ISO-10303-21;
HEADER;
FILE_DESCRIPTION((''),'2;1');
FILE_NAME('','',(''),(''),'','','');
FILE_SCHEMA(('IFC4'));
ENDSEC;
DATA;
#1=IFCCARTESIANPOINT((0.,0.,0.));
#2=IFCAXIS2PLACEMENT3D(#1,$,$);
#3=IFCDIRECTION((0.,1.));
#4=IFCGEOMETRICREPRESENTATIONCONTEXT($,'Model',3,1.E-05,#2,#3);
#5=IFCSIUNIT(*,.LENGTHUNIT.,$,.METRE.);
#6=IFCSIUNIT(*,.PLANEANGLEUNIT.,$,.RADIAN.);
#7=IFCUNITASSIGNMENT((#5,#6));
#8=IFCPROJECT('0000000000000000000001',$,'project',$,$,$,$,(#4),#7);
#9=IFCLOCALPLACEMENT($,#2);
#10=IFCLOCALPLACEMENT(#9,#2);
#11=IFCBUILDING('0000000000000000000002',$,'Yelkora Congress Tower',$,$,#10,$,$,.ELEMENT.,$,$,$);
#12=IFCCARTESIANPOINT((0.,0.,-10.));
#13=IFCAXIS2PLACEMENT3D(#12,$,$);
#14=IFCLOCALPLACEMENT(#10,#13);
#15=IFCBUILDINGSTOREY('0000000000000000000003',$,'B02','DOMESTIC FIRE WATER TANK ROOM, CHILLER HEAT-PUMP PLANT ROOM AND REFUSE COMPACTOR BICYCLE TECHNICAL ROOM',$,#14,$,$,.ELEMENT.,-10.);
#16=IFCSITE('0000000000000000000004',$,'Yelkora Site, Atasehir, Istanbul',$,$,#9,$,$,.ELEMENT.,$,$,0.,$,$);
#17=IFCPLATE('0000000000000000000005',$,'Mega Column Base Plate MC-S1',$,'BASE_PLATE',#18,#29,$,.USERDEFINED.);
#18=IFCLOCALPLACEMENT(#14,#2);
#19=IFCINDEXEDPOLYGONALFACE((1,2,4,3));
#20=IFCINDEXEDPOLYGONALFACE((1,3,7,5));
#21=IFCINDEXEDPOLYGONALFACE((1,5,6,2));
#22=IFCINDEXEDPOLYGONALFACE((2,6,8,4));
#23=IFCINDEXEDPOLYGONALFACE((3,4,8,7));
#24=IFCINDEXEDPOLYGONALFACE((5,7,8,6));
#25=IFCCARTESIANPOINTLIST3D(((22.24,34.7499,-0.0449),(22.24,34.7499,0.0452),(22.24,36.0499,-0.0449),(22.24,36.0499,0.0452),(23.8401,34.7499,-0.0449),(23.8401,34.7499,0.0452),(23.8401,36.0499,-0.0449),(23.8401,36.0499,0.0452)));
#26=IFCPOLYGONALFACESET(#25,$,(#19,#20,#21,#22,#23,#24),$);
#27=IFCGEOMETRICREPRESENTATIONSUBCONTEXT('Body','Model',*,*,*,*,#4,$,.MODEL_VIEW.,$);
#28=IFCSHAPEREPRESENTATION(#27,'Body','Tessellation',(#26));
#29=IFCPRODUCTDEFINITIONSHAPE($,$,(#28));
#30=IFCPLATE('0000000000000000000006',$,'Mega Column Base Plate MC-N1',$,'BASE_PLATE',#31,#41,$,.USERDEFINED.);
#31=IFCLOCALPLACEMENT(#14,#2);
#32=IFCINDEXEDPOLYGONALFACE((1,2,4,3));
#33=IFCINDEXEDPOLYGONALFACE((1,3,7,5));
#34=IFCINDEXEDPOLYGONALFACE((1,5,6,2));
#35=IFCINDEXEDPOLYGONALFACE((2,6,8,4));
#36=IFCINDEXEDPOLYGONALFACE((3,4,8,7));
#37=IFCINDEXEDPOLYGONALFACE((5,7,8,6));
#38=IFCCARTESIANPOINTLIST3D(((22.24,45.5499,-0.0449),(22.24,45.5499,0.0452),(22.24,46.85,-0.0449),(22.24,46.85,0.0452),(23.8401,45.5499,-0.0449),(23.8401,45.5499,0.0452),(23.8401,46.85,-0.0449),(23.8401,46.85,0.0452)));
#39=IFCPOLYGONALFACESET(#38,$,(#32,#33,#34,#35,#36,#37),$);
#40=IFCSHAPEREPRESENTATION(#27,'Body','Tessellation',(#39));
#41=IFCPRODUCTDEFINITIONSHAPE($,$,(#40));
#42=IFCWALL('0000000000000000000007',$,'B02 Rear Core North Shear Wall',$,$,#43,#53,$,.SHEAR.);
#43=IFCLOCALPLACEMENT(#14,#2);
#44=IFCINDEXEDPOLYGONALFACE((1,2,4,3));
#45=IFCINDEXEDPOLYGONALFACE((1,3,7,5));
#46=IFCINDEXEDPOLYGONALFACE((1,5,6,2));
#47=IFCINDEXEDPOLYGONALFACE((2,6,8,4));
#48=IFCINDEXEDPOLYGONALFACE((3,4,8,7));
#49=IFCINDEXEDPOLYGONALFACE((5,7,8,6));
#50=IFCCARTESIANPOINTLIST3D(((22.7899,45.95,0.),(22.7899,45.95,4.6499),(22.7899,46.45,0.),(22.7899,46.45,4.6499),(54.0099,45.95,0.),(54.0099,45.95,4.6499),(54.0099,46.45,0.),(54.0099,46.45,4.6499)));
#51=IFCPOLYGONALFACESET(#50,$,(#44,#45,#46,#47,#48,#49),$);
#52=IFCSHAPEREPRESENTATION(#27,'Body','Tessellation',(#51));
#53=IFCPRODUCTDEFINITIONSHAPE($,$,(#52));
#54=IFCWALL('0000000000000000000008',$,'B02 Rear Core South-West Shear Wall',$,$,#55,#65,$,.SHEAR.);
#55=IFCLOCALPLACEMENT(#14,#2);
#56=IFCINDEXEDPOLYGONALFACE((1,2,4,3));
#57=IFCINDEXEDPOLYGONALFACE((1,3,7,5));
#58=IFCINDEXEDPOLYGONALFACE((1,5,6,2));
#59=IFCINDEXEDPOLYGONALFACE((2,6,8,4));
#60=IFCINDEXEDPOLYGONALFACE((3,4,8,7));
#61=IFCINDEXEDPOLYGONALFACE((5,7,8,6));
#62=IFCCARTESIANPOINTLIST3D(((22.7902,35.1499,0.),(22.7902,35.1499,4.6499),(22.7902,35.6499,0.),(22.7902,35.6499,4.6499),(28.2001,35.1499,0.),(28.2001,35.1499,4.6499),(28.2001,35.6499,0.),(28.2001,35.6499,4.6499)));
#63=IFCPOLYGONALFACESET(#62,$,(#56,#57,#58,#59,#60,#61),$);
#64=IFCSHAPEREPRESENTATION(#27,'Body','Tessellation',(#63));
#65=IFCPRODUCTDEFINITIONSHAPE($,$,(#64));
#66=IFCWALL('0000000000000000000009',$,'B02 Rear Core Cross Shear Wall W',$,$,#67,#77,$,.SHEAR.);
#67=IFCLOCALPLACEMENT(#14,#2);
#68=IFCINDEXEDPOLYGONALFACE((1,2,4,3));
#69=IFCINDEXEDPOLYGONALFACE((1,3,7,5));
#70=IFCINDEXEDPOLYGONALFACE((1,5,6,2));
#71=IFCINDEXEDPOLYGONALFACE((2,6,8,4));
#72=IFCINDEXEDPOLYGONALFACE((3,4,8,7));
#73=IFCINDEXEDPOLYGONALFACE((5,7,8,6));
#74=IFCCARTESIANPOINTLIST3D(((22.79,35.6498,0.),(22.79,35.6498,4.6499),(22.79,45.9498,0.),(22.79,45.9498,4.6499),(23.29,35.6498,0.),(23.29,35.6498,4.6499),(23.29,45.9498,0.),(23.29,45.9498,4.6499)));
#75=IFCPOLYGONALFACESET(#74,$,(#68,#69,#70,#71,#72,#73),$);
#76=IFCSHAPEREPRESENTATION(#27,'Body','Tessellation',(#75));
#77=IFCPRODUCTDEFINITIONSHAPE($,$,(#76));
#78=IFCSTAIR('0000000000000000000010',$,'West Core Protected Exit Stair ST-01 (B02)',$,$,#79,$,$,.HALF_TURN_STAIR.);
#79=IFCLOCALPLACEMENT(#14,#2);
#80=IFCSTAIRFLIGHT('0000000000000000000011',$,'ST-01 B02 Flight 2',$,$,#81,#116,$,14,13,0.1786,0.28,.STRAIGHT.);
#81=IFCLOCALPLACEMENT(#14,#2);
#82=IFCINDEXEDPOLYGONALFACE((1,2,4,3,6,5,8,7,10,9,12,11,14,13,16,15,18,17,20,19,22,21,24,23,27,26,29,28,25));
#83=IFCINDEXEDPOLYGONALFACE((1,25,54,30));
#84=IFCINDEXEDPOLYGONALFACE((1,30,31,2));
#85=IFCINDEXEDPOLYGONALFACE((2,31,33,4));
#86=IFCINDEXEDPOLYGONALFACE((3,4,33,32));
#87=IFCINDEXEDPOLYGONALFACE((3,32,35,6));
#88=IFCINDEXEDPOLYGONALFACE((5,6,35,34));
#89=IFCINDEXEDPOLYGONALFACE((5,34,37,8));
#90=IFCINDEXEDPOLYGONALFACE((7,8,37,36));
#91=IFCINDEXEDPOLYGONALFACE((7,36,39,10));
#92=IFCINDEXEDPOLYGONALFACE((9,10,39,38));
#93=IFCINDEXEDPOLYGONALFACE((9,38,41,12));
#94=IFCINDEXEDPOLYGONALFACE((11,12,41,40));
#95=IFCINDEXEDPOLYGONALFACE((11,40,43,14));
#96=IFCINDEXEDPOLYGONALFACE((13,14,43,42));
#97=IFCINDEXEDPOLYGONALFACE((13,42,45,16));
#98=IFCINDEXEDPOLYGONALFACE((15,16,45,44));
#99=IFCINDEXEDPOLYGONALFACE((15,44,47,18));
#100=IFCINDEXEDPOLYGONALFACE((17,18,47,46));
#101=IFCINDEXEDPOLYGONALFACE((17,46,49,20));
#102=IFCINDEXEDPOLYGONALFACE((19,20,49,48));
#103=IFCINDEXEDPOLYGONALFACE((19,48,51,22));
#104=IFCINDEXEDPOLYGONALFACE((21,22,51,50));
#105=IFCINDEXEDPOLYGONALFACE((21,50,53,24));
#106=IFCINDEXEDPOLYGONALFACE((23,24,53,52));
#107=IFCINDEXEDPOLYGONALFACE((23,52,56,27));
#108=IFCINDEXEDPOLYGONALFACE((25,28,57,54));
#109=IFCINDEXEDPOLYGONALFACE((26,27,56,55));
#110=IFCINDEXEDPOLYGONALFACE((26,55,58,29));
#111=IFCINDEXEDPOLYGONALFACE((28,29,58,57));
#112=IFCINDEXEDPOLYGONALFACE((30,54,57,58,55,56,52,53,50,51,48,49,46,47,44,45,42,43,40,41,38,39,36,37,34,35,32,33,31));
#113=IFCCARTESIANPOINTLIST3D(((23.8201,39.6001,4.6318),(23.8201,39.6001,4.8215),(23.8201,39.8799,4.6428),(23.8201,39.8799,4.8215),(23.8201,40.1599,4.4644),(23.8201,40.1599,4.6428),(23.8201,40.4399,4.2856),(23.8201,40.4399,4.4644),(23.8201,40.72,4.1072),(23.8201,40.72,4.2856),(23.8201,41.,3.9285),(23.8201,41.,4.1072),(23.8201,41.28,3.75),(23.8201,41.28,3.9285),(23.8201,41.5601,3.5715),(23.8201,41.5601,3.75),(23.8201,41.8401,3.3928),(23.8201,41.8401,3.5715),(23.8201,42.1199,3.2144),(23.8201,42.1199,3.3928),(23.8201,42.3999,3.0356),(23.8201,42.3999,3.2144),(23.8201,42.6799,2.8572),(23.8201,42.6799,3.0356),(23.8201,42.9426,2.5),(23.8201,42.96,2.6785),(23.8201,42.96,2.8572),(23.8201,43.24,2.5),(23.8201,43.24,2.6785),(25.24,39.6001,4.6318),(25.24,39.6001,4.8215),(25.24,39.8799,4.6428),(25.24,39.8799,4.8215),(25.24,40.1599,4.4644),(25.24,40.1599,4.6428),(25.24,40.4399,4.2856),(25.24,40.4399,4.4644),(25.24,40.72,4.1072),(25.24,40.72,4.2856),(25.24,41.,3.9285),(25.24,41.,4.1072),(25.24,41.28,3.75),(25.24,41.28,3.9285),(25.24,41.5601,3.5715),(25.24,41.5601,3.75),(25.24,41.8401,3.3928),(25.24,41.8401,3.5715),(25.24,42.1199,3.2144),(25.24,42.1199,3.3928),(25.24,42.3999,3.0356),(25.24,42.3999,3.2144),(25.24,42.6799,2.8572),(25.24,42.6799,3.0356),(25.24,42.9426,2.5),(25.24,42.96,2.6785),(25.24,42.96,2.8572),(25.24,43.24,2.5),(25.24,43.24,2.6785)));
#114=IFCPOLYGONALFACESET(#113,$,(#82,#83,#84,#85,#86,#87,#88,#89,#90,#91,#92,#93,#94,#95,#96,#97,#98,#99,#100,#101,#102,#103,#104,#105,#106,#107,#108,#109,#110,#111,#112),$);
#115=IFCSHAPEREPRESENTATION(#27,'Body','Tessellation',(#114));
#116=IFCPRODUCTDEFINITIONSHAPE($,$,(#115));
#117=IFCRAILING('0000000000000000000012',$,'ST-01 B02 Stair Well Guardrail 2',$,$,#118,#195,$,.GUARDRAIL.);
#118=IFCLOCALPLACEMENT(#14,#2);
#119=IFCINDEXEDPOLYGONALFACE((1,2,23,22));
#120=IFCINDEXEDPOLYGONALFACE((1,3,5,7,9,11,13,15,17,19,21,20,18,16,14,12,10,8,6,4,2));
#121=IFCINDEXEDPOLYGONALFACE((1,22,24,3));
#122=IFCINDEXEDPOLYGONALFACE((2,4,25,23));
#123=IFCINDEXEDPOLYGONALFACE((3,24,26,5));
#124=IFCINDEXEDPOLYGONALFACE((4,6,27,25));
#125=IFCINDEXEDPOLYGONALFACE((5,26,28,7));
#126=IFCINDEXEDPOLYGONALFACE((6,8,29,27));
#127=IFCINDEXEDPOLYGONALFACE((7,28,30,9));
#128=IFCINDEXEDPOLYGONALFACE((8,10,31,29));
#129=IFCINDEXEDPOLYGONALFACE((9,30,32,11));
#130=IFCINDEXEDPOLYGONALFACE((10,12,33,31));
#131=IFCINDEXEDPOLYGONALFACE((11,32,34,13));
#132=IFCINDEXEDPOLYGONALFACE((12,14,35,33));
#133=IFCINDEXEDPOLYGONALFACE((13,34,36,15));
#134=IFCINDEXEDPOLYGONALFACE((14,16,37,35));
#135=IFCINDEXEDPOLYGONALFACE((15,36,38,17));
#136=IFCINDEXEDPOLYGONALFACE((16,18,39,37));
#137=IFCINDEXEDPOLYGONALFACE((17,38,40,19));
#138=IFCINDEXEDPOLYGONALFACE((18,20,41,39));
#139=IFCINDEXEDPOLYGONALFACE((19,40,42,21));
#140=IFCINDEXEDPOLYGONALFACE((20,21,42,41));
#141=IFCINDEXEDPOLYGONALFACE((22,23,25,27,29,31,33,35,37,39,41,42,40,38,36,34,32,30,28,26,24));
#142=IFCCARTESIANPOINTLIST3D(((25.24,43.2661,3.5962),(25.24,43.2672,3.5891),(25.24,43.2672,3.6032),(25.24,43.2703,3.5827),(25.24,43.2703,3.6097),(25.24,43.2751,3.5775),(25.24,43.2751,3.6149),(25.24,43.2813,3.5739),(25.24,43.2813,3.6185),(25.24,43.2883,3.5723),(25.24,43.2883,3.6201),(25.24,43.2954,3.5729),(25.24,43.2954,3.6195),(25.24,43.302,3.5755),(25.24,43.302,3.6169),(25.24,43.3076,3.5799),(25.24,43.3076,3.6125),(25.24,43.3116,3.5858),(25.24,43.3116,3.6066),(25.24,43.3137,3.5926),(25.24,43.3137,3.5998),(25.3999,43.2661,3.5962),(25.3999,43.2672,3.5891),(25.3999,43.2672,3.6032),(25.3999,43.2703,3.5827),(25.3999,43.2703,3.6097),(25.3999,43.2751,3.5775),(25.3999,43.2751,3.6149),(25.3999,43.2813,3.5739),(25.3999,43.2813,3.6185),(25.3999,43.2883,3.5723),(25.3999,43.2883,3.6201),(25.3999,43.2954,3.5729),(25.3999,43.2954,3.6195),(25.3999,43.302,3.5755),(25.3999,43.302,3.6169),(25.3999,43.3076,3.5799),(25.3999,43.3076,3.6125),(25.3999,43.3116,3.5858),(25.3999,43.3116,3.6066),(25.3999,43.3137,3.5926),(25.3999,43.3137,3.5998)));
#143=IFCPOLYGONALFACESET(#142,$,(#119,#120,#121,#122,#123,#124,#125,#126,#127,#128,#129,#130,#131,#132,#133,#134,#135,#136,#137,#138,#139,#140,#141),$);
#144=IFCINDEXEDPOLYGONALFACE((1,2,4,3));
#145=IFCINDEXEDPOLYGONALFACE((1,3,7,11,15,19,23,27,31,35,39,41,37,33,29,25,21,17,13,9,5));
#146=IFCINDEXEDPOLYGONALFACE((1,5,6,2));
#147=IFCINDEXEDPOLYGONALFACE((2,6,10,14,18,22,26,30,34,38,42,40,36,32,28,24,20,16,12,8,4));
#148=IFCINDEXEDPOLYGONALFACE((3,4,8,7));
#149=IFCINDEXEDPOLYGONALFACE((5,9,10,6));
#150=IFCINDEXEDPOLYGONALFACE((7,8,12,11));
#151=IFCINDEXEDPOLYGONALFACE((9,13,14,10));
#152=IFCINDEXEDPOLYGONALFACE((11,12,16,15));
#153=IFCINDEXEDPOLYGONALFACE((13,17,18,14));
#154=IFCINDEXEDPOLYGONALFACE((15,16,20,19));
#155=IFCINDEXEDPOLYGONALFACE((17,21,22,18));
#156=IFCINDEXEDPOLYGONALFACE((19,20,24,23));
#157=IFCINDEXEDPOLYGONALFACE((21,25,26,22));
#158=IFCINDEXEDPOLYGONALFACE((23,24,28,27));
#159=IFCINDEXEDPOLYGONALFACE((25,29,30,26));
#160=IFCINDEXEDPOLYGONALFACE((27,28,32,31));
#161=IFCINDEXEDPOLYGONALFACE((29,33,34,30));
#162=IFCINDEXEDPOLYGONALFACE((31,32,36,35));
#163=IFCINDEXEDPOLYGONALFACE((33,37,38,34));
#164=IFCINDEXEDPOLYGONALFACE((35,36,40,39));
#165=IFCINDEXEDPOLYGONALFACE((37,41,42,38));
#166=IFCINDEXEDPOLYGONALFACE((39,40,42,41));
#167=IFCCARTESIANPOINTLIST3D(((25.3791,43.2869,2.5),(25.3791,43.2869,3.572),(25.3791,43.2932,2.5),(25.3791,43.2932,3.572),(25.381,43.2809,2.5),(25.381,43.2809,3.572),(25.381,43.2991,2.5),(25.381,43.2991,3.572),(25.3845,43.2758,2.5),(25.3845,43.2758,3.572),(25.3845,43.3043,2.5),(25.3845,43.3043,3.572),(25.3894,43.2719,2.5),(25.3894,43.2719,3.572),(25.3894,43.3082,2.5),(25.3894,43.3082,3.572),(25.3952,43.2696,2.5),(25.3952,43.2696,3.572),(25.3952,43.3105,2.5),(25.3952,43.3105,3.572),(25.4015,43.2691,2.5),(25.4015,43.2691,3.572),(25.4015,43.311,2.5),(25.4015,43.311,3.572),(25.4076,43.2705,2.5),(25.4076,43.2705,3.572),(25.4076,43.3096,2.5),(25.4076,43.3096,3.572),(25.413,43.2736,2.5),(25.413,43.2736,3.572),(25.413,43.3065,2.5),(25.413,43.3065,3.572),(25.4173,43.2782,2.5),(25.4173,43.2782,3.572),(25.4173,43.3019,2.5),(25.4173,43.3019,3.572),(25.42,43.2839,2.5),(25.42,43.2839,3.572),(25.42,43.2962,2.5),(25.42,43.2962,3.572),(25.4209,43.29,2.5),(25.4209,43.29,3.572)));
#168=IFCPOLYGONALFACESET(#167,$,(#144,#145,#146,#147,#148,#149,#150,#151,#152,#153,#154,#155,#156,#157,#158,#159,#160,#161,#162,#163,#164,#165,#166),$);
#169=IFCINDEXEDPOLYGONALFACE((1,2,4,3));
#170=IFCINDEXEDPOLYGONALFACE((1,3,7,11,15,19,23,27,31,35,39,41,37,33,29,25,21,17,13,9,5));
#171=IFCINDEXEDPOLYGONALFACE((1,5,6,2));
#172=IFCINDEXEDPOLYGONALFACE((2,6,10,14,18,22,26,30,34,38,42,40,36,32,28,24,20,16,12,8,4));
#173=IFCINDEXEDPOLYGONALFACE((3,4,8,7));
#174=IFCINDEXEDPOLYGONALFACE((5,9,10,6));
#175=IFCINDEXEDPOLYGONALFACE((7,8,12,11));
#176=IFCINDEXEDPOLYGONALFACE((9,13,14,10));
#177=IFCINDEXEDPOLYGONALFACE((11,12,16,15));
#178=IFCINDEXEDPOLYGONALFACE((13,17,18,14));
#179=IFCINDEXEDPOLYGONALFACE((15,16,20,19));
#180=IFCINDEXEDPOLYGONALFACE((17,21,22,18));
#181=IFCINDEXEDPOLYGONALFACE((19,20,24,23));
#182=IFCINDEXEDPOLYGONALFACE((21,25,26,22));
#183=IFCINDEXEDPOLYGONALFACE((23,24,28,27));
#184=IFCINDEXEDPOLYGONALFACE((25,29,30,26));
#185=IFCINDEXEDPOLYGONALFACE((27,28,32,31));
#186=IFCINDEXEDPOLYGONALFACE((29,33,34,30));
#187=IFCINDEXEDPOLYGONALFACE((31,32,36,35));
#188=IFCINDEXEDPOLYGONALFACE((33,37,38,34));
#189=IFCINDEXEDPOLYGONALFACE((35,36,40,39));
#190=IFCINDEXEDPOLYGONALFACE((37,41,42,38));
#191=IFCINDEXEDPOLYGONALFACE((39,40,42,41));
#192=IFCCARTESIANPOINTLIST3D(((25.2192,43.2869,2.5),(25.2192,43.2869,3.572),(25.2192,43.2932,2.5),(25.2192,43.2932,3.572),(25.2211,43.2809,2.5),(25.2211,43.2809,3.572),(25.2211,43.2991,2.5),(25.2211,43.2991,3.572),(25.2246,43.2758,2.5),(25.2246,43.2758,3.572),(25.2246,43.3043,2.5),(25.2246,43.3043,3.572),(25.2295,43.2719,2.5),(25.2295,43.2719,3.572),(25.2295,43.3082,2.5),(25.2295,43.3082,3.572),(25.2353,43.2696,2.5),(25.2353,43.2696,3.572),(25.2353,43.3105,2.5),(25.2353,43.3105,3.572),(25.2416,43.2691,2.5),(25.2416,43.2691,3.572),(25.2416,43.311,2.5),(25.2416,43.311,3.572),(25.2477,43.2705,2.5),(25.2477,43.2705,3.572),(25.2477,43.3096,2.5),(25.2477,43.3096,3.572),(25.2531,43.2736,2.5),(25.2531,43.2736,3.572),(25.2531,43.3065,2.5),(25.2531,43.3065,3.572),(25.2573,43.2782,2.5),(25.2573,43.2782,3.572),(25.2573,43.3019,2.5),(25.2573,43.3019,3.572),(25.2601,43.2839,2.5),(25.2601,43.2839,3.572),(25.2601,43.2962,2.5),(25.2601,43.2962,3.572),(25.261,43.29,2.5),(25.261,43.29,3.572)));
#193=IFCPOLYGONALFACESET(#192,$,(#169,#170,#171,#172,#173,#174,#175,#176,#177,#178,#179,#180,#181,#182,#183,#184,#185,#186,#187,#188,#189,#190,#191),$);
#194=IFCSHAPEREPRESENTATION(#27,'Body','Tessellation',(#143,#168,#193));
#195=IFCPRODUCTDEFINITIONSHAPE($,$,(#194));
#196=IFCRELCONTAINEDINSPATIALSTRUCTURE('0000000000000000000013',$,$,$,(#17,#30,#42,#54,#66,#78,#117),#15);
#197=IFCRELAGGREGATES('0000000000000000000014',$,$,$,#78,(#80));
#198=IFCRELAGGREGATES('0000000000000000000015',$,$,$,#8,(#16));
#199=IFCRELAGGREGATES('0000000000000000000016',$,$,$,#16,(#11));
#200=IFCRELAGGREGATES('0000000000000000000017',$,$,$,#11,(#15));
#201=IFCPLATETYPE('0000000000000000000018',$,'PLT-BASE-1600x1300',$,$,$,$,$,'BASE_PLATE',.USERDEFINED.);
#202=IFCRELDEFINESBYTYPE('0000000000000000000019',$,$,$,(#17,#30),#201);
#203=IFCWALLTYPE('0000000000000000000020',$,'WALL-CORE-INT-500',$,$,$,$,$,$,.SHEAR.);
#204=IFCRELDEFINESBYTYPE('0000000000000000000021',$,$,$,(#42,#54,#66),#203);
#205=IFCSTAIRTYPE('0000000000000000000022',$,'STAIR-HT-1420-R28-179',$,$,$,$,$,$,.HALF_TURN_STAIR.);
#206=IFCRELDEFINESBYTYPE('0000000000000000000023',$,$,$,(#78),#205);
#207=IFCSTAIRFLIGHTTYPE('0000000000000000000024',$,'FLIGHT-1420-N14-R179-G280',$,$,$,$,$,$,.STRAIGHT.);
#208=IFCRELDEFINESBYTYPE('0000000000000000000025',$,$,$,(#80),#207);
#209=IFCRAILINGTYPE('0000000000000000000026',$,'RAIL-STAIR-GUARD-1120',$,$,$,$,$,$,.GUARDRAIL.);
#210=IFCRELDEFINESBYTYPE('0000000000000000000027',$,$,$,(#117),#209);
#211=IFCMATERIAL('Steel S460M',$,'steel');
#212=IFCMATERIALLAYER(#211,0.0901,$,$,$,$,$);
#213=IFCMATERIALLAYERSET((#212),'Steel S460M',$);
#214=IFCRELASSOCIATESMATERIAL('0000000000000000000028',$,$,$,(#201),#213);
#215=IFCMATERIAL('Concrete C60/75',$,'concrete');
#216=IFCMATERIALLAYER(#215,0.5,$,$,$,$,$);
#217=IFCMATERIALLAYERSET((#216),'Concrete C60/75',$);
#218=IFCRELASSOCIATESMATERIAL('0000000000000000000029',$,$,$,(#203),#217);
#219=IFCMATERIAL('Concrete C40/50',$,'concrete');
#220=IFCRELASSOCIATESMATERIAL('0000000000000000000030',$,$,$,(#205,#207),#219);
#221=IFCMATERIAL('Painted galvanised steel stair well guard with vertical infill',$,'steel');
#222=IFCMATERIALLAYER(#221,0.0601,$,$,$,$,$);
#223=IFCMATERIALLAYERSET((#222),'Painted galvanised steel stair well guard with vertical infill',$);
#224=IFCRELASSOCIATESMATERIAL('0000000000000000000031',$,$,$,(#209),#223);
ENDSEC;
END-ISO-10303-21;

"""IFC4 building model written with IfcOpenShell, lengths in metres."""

from ifc_helpers import new_model, si_unit, direction, frame, frame_2d, origin, origin_2d, place, context, subcontext, project, spatial, polyline, rectangle, circle, outline, extrude, material, layer, layer_set, type_object, element, aggregate, save


model = new_model("IFC4")

# Units and contexts
model_context = context("Model", 3, precision=1e-05, world=origin(), true_north=direction((0.0, 1.0)))
body_context = subcontext(model_context, "Body", "Model", "MODEL_VIEW")
ifc_project = project(units=[si_unit("LENGTHUNIT", "METRE"), si_unit("PLANEANGLEUNIT", "RADIAN")], contexts=[model_context])

# Site, building, storey
site_placement = place(None, origin())
site = spatial("IfcSite", under=ifc_project, at=site_placement, Name="Yelkora Site, Atasehir, Istanbul", CompositionType="ELEMENT", RefElevation=0.0)
building_placement = place(site_placement, origin())
building = spatial("IfcBuilding", under=site, at=building_placement, Name="Yelkora Congress Tower", CompositionType="ELEMENT")
storey_placement = place(building_placement, frame((0.0, 0.0, -10.0)))
storey = spatial("IfcBuildingStorey", under=building, at=storey_placement, Name="B02", Description="DOMESTIC FIRE WATER TANK ROOM, CHILLER HEAT-PUMP PLANT ROOM AND REFUSE COMPACTOR BICYCLE TECHNICAL ROOM", CompositionType="ELEMENT", Elevation=-10.0)

# Shared definitions
ifc_material_1 = material(Name="Concrete C60/75", Category="concrete")

# Plates
ifc_material_2 = material(Name="Steel S460M", Category="steel")
ifc_layer_1 = layer(ifc_material_2, 0.0901)
ifc_layer_set_1 = layer_set([ifc_layer_1], Name="Steel S460M")
plate_type = type_object("IfcPlateType", Name="PLT-BASE-1600x1300", ElementType="BASE_PLATE", PredefinedType="USERDEFINED", material=ifc_layer_set_1)
for number, where, z_axis, x_axis, name in (
    (1, (23.04, 35.3999, -0.0449), (0.0, 0.0, 1.0), (1.0, 0.0, 0.0), "Mega Column Base Plate MC-S1"),
    (2, (23.04, 46.2, -0.0449), (0.0, 0.0, 1.0), (1.0, 0.0, 0.0), "Mega Column Base Plate MC-N1"),
):
    element("IfcPlate", number, at=place(storey_placement, frame(where, z_axis=z_axis, x_axis=x_axis)), inside=storey, type_object=plate_type, Name=name, ObjectType="BASE_PLATE", PredefinedType="USERDEFINED", context=body_context, shape_type="SweptSolid", body=[
        extrude(rectangle(XDim=1.6001, YDim=1.3, at=origin_2d()), origin(), (0.0, 0.0, 1.0), 0.0901),
    ])

# Walls
ifc_layer_2 = layer(ifc_material_1, 0.5)
ifc_layer_set_2 = layer_set([ifc_layer_2], Name="Concrete C60/75")
wall_type_1 = type_object("IfcWallType", Name="WALL-CORE-INT-500", PredefinedType="SHEAR", material=ifc_layer_set_2)
wall_1_placement = place(storey_placement, frame((22.79, 46.2, 0.0), z_axis=(0.0, 0.0, 1.0), x_axis=(1.0, 0.0, 0.0)))
element("IfcWall", 3, at=wall_1_placement, inside=storey, type_object=wall_type_1, Name="B02 Rear Core North Shear Wall", PredefinedType="SHEAR", context=body_context, shape_type="SweptSolid", body=[
    extrude(rectangle(XDim=31.22, YDim=0.5, at=frame_2d((15.6099, 0.0))), origin(), (0.0, 0.0, 1.0), 4.6499),
])
wall_2_placement = place(storey_placement, frame((22.79, 35.3999, 0.0), z_axis=(0.0, 0.0, 1.0), x_axis=(1.0, 0.0, 0.0)))
element("IfcWall", 4, at=wall_2_placement, inside=storey, type_object=wall_type_1, Name="B02 Rear Core South-West Shear Wall", PredefinedType="SHEAR", context=body_context, shape_type="SweptSolid", body=[
    extrude(rectangle(XDim=5.4099, YDim=0.5, at=frame_2d((2.7051, 0.0))), origin(), (0.0, 0.0, 1.0), 4.6499),
])
wall_3_placement = place(storey_placement, frame((23.04, 35.6499, 0.0), z_axis=(0.0, 0.0, 1.0), x_axis=(0.0, 1.0, 0.0)))
element("IfcWall", 5, at=wall_3_placement, inside=storey, type_object=wall_type_1, Name="B02 Rear Core Cross Shear Wall W", PredefinedType="SHEAR", context=body_context, shape_type="SweptSolid", body=[
    extrude(rectangle(XDim=10.3, YDim=0.5, at=frame_2d((5.1499, 0.0))), origin(), (0.0, 0.0, 1.0), 4.6499),
])

# Stair, stair flight
ifc_material_3 = material(Name="Concrete C40/50", Category="concrete")
stair_type = type_object("IfcStairType", Name="STAIR-HT-1420-R28-179", PredefinedType="HALF_TURN_STAIR", material=ifc_material_3)
stair_placement = place(storey_placement, origin())
stair = element("IfcStair", 6, at=stair_placement, inside=storey, type_object=stair_type, Name="West Core Protected Exit Stair ST-01 (B02)", PredefinedType="HALF_TURN_STAIR")
stair_flight_type = type_object("IfcStairFlightType", Name="FLIGHT-1420-N14-R179-G280", PredefinedType="STRAIGHT", material=ifc_material_3)
stair_flight_placement = place(storey_placement, frame((24.53, 43.24, 2.5), z_axis=(0.0, 0.0, 1.0), x_axis=(0.0, -1.0, 0.0)))
stair_flight = element("IfcStairFlight", 7, at=stair_flight_placement, type_object=stair_flight_type, Name="ST-01 B02 Flight 2", NumberOfRisers=14, NumberOfTreads=13, PredefinedType="STRAIGHT", RiserHeight=0.1786, TreadLength=0.28, context=body_context, shape_type="SweptSolid", body=[
    extrude(outline(polyline([(0.0, 0.0), (0.0, 0.1785), (0.28, 0.1785), (0.28, 0.3572), (0.5601, 0.3572), (0.5601, 0.5356), (0.8401, 0.5356), (0.8401, 0.7144), (1.1201, 0.7144), (1.1201, 0.8928), (1.3999, 0.8928), (1.3999, 1.0715), (1.6799, 1.0715), (1.6799, 1.25), (1.96, 1.25), (1.96, 1.4285), (2.24, 1.4285), (2.24, 1.6072), (2.52, 1.6072), (2.52, 1.7856), (2.8, 1.7856), (2.8, 1.9644), (3.0801, 1.9644), (3.0801, 2.1428), (3.3601, 2.1428), (3.3601, 2.3215), (3.6399, 2.3215), (3.6399, 2.5), (3.6399, 2.1318), (0.2974, 0.0), (0.0, 0.0)])), frame((0.0, 0.71, 0.0), z_axis=(0.0, -1.0, 0.0), x_axis=(1.0, 0.0, 0.0)), (0.0, 0.0, 1.0), 1.4199),
])
aggregate(stair, [stair_flight])

# Railing
ifc_material_4 = material(Name="Painted galvanised steel stair well guard with vertical infill", Category="steel")
ifc_layer_3 = layer(ifc_material_4, 0.0601)
ifc_layer_set_3 = layer_set([ifc_layer_3], Name="Painted galvanised steel stair well guard with vertical infill")
railing_type_1 = type_object("IfcRailingType", Name="RAIL-STAIR-GUARD-1120", PredefinedType="GUARDRAIL", material=ifc_layer_set_3)
railing_1_placement = place(storey_placement, frame((25.3999, 43.29, 2.5)))
element("IfcRailing", 8, at=railing_1_placement, inside=storey, type_object=railing_type_1, Name="ST-01 B02 Stair Well Guardrail 2", PredefinedType="GUARDRAIL", context=body_context, shape_type="SweptSolid", body=[
    extrude(circle(Radius=0.0239, at=origin_2d()), frame((0.0, 0.0, 1.0962), z_axis=(-1.0, 0.0, 0.0), x_axis=(0.0, -1.0, 0.0)), (0.0, 0.0, 1.0), 0.1599),
    extrude(circle(Radius=0.021, at=origin_2d()), origin(), (0.0, 0.0, 1.0), 1.072),
    extrude(circle(Radius=0.021, at=origin_2d()), frame((-0.1599, 0.0, 0.0)), (0.0, 0.0, 1.0), 1.072),
])

save(model, "model.ifc")
